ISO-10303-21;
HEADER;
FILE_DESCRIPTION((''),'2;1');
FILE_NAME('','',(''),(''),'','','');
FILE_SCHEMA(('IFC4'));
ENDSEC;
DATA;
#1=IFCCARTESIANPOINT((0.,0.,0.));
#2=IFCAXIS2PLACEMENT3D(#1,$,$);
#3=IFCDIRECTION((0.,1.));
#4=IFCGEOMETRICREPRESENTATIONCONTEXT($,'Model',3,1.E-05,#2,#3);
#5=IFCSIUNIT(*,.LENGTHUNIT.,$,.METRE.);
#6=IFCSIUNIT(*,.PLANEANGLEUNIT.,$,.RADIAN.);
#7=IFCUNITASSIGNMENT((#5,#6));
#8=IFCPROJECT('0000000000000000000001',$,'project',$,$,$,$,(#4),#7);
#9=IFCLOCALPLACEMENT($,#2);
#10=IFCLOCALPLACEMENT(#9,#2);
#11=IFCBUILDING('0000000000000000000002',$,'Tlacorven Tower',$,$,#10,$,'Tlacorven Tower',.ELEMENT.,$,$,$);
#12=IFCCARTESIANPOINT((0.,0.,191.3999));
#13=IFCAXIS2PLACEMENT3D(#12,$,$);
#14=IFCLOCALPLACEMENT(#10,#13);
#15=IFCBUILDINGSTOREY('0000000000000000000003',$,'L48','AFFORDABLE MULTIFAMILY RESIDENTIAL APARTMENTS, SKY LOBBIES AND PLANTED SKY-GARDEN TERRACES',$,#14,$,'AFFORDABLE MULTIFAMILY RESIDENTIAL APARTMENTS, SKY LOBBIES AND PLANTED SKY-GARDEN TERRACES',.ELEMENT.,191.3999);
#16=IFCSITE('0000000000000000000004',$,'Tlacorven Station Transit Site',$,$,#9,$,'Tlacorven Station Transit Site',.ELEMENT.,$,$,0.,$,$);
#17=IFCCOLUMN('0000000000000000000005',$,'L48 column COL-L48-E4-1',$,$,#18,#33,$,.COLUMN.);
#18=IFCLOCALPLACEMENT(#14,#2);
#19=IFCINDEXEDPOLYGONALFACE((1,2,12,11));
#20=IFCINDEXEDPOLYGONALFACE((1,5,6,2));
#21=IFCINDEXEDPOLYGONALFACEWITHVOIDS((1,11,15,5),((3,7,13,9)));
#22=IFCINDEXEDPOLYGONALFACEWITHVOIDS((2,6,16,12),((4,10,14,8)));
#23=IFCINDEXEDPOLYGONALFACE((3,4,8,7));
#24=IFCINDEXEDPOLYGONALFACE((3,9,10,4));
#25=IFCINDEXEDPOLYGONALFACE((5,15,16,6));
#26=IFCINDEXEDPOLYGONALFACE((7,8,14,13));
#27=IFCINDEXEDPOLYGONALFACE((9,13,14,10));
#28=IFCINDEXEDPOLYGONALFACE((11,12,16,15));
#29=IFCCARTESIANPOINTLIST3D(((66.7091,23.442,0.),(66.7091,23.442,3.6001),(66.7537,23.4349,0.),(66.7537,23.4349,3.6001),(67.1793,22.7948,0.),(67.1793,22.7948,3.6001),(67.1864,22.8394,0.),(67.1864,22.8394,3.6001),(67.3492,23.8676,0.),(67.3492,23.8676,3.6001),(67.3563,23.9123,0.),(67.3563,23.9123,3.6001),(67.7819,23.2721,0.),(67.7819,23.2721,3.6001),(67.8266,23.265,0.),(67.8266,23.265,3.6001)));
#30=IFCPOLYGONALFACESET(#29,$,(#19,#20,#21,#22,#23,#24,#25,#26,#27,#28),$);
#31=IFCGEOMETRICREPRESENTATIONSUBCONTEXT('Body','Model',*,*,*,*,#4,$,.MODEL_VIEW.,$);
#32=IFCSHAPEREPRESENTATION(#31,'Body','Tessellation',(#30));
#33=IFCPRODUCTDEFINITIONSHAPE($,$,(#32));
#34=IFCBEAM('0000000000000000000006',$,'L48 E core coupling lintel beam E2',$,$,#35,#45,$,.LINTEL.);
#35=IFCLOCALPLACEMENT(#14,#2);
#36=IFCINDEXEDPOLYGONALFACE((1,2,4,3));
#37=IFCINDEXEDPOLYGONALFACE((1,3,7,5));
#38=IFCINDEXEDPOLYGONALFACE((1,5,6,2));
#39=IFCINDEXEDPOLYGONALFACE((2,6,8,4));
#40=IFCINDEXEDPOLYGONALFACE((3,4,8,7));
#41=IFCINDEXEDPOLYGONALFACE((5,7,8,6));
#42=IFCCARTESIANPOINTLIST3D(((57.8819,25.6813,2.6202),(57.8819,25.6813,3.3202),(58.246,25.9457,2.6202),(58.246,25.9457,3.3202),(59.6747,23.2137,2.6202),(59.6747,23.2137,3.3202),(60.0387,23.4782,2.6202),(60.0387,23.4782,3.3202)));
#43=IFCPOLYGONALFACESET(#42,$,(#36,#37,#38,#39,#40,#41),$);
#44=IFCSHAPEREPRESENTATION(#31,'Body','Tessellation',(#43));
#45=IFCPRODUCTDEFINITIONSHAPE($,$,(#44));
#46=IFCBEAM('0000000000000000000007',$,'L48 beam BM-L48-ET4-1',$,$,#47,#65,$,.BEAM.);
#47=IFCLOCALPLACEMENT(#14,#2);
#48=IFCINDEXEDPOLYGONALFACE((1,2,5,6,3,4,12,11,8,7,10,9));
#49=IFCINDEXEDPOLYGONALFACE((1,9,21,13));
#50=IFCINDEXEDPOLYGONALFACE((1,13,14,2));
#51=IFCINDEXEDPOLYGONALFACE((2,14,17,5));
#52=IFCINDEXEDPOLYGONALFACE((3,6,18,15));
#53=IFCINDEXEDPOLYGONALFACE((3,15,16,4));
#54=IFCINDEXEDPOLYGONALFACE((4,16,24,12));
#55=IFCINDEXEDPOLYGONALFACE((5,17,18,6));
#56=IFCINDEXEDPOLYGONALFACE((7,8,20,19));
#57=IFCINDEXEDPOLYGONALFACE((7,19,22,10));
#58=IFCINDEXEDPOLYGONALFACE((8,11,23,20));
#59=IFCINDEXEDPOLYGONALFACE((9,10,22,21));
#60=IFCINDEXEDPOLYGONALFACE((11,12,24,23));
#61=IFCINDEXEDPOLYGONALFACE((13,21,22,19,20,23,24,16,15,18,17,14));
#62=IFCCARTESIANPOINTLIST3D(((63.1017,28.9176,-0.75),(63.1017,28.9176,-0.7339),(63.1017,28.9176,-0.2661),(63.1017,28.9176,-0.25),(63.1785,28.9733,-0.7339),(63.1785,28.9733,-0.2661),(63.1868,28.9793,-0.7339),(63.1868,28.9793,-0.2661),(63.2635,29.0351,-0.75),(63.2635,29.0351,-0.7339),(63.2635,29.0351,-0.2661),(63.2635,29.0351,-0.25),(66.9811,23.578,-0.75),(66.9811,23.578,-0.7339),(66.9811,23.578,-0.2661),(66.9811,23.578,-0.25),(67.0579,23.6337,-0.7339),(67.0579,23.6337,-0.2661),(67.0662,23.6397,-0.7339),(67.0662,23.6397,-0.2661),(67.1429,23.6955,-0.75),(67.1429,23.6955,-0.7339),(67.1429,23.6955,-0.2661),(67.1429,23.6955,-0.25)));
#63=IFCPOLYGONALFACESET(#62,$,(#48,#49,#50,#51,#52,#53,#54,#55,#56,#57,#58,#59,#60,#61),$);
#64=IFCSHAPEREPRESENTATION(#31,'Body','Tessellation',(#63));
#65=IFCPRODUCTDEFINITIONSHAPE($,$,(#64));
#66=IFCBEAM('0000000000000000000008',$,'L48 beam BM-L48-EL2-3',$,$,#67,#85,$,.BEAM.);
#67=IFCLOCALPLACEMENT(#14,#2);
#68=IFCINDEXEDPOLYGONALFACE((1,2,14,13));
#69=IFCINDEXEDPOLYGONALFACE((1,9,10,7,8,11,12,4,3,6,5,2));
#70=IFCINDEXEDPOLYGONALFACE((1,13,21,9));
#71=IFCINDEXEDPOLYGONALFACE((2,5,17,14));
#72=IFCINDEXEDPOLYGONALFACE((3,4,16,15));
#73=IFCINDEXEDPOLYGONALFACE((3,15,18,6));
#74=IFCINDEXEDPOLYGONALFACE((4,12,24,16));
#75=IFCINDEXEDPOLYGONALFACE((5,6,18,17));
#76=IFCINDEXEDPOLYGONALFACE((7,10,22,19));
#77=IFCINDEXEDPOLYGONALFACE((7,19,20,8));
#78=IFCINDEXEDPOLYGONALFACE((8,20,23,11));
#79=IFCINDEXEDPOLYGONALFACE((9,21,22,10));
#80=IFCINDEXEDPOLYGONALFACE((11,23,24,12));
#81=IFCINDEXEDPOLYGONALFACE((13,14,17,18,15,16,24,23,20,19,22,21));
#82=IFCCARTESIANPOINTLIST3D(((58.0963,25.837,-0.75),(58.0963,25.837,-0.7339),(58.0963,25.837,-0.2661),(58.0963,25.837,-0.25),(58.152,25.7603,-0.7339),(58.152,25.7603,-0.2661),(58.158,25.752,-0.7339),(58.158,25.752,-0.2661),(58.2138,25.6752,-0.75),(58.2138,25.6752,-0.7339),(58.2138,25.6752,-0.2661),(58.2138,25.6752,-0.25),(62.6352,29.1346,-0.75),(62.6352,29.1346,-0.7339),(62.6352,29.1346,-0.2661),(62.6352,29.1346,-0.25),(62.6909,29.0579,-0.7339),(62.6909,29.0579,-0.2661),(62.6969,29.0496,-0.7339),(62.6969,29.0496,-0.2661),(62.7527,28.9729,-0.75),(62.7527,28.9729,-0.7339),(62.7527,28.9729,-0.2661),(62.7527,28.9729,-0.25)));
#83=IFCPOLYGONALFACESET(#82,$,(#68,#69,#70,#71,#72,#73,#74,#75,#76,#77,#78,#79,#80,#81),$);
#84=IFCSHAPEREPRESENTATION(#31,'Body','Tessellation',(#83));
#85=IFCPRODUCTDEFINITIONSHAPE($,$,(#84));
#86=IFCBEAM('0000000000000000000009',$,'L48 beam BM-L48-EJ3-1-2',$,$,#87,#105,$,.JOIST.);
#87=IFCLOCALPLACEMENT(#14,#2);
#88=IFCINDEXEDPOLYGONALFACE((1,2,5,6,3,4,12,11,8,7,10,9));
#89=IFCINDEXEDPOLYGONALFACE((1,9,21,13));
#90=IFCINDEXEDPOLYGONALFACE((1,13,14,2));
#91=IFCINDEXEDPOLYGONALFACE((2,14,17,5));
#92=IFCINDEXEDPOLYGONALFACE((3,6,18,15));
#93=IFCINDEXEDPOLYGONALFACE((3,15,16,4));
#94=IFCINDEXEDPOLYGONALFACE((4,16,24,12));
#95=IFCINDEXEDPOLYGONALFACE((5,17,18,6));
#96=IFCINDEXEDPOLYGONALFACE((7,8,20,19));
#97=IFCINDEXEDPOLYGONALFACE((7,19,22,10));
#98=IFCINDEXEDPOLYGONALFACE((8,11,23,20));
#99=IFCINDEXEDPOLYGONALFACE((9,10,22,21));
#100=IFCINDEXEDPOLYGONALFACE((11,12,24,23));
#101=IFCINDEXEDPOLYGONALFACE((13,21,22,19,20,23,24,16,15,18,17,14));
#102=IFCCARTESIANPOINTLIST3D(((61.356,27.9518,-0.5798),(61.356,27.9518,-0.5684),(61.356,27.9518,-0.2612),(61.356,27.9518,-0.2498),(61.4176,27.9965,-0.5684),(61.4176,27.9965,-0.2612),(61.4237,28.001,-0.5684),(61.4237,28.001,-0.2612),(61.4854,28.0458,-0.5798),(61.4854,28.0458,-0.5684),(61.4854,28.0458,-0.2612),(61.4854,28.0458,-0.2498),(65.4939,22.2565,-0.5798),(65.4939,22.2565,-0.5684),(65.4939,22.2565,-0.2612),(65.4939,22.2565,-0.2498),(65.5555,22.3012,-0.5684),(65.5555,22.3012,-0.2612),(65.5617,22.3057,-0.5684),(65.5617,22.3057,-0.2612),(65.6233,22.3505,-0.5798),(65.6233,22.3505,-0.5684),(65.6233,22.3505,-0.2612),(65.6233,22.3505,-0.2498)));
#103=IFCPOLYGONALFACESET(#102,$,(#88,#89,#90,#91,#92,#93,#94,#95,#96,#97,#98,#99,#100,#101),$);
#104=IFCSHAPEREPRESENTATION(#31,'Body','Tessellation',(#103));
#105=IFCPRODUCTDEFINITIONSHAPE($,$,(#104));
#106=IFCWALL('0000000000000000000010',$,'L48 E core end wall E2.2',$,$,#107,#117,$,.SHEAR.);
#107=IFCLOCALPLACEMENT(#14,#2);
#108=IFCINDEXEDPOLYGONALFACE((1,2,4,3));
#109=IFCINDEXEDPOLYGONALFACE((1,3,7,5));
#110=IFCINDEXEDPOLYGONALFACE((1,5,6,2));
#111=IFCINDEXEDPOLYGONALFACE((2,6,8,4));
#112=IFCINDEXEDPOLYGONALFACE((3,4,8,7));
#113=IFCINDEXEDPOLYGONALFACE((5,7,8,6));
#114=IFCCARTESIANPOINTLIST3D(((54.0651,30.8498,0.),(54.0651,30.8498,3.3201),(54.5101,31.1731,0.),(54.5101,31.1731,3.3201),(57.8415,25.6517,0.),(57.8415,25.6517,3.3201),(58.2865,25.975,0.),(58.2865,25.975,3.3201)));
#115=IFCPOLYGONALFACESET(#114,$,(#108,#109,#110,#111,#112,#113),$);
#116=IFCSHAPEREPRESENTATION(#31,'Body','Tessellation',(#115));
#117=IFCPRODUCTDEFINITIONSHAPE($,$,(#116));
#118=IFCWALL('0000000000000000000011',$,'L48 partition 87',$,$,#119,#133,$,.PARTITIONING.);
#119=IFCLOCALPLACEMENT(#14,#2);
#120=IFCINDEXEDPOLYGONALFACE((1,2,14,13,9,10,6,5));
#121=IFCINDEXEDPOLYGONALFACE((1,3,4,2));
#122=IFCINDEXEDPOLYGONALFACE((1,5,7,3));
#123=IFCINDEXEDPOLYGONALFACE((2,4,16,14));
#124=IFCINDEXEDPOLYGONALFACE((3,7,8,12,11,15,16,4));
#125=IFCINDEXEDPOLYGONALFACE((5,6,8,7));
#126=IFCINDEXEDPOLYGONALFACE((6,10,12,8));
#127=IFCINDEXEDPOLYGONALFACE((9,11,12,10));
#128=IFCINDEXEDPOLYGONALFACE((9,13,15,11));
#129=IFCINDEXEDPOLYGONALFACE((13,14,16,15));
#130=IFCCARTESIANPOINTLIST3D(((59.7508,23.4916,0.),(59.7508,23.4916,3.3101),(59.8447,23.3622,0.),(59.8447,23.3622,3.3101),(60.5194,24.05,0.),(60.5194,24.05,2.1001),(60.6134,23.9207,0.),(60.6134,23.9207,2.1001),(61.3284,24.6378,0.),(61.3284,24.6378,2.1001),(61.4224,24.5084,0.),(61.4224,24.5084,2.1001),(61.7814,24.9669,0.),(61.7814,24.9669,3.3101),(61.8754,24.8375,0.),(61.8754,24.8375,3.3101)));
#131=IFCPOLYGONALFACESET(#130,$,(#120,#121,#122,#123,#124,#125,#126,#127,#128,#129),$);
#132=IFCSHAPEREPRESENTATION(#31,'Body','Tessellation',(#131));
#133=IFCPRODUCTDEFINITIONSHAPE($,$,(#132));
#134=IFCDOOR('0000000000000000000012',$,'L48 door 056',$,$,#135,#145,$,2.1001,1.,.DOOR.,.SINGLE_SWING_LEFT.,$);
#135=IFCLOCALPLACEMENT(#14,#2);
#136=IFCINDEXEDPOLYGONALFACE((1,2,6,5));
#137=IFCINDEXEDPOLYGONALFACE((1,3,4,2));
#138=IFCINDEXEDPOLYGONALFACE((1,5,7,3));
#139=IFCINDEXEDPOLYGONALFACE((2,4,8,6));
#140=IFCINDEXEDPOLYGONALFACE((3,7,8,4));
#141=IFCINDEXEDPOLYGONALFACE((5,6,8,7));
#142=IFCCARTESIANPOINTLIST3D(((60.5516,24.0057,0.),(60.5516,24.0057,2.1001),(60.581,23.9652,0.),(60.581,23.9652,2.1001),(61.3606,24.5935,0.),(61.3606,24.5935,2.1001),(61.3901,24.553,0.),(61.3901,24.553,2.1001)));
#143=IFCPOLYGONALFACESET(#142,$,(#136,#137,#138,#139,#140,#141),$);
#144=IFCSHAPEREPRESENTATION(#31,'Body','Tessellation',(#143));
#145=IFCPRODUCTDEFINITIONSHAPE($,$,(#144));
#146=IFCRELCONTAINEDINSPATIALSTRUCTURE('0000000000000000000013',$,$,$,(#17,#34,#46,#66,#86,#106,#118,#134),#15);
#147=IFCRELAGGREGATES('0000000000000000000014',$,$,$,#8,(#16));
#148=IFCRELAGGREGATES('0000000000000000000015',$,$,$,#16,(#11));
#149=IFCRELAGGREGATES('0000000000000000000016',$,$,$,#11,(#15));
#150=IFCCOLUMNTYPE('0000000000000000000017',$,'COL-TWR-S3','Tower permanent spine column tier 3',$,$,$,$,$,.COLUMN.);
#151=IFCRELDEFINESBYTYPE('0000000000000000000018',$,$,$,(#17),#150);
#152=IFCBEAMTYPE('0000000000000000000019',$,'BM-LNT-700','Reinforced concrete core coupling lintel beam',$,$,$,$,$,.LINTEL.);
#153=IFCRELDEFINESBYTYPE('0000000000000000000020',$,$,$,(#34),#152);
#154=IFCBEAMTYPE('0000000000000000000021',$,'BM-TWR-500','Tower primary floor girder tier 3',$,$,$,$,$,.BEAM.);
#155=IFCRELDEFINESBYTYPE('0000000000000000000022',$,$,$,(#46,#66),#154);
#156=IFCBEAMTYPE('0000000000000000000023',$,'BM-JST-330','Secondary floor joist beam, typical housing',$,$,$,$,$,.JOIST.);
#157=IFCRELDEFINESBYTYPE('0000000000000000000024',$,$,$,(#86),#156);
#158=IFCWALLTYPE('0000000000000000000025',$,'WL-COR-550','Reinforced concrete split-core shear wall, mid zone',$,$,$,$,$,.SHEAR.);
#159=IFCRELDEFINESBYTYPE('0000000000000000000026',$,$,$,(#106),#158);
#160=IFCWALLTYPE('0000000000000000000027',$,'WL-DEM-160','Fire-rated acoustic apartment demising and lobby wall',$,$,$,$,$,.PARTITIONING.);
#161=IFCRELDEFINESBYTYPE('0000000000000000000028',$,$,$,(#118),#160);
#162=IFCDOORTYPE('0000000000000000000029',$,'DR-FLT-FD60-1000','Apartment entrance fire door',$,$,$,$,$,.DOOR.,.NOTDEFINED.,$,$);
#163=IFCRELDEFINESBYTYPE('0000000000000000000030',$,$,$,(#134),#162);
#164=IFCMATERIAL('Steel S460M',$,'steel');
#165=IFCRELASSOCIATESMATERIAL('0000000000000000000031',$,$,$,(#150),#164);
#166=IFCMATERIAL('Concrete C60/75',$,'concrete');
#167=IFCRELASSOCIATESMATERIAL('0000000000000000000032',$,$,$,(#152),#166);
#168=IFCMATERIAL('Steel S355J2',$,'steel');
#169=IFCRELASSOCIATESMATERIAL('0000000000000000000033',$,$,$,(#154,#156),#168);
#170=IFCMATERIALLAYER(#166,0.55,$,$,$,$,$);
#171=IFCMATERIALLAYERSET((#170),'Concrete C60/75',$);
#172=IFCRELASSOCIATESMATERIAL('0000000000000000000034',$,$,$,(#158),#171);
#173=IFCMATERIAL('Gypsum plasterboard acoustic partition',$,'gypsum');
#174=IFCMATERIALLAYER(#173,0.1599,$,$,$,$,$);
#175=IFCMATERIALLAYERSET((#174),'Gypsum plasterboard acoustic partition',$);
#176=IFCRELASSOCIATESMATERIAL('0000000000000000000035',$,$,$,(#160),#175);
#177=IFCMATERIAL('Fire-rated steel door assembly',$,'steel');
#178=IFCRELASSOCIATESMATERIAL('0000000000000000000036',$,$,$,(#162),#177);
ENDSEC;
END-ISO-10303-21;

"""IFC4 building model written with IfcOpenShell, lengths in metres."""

from ifc_helpers import new_model, si_unit, direction, frame, frame_2d, origin, origin_2d, place, context, subcontext, project, spatial, rectangle, hollow_rectangle, i_section, extrude, source, transform, mapped, material, layer, layer_set, material_profile, profile_set, type_object, element, fill, save


model = new_model("IFC4")

# Units and contexts
model_context = context("Model", 3, precision=1e-05, world=origin(), true_north=direction((0.0, 1.0)))
body_context = subcontext(model_context, "Body", "Model", "MODEL_VIEW")
ifc_project = project(units=[si_unit("LENGTHUNIT", "METRE"), si_unit("PLANEANGLEUNIT", "RADIAN")], contexts=[model_context])

# Site, building, storey
site_placement = place(None, origin())
site = spatial("IfcSite", under=ifc_project, at=site_placement, Name="Tlacorven Station Transit Site", LongName="Tlacorven Station Transit Site", CompositionType="ELEMENT", RefElevation=0.0)
building_placement = place(site_placement, origin())
building = spatial("IfcBuilding", under=site, at=building_placement, Name="Tlacorven Tower", LongName="Tlacorven Tower", CompositionType="ELEMENT")
storey_placement = place(building_placement, frame((0.0, 0.0, 191.3999)))
storey = spatial("IfcBuildingStorey", under=building, at=storey_placement, Name="L48", Description="AFFORDABLE MULTIFAMILY RESIDENTIAL APARTMENTS, SKY LOBBIES AND PLANTED SKY-GARDEN TERRACES", LongName="AFFORDABLE MULTIFAMILY RESIDENTIAL APARTMENTS, SKY LOBBIES AND PLANTED SKY-GARDEN TERRACES", CompositionType="ELEMENT", Elevation=191.3999)

# Column
ifc_material_1 = material(Name="Steel S460M", Category="steel")
ifc_material_profile_1 = material_profile(ifc_material_1, hollow_rectangle(XDim=0.8, YDim=0.8, WallThickness=0.032, at=origin_2d()), Name="BOX 800X800X32")
ifc_profile_set_1 = profile_set([ifc_material_profile_1], Name="Steel S460M")
column_type = type_object("IfcColumnType", Name="COL-TWR-S3", Description="Tower permanent spine column tier 3", PredefinedType="COLUMN", material=ifc_profile_set_1)
shared_shape_1 = source(origin(), body_context, "Body", "SweptSolid", [
    extrude(hollow_rectangle(XDim=0.8, YDim=0.8, WallThickness=0.032, at=origin_2d()), origin(), (0.0, 0.0, 1.0), 3.6001),
])
column_placement = place(storey_placement, frame((67.2678, 23.3535, 0.0), z_axis=(0.0, 0.0, 1.0), x_axis=(0.809017, 0.587785, 0.0)))
element("IfcColumn", 1, at=column_placement, inside=storey, type_object=column_type, Name="L48 column COL-L48-E4-1", PredefinedType="COLUMN", context=body_context, shape_type="MappedRepresentation", body=[
    mapped(shared_shape_1, transform((0.0, 0.0, 0.0), scale=1.0)),
])

# Beams
ifc_material_2 = material(Name="Concrete C60/75", Category="concrete")
ifc_material_profile_2 = material_profile(ifc_material_2, rectangle(XDim=0.45, YDim=0.7, at=origin_2d()), Name="RC 450X700")
ifc_profile_set_2 = profile_set([ifc_material_profile_2], Name="Concrete C60/75")
beam_type_1 = type_object("IfcBeamType", Name="BM-LNT-700", Description="Reinforced concrete core coupling lintel beam", PredefinedType="LINTEL", material=ifc_profile_set_2)
shared_shape_2 = source(origin(), body_context, "Body", "SweptSolid", [
    extrude(rectangle(XDim=0.45, YDim=0.7, at=origin_2d()), origin(), (0.0, 0.0, 1.0), 3.05),
])
beam_1_placement = place(storey_placement, frame((59.8567, 23.3459, 2.9702), z_axis=(-0.587777, 0.809023, 0.0), x_axis=(-0.809023, -0.587777, 0.0)))
element("IfcBeam", 2, at=beam_1_placement, inside=storey, type_object=beam_type_1, Name="L48 E core coupling lintel beam E2", PredefinedType="LINTEL", context=body_context, shape_type="MappedRepresentation", body=[
    mapped(shared_shape_2, transform((0.0, 0.0, 0.0), scale=1.0)),
])
ifc_material_3 = material(Name="Steel S355J2", Category="steel")
ifc_material_profile_3 = material_profile(ifc_material_3, i_section(OverallWidth=0.2, OverallDepth=0.5, WebThickness=0.0103, FlangeThickness=0.0161, at=origin_2d()), Name="IPE 500")
ifc_profile_set_3 = profile_set([ifc_material_profile_3], Name="Steel S355J2")
beam_type_2 = type_object("IfcBeamType", Name="BM-TWR-500", Description="Tower primary floor girder tier 3", PredefinedType="BEAM", material=ifc_profile_set_3)
shared_shape_3 = source(origin(), body_context, "Body", "SweptSolid", [
    extrude(i_section(OverallWidth=0.2, OverallDepth=0.5, WebThickness=0.0103, FlangeThickness=0.0161, at=origin_2d()), origin(), (0.0, 0.0, 1.0), 6.6001),
])
beam_2_placement = place(storey_placement, frame((67.062, 23.6367, -0.5), z_axis=(-0.58778, 0.809021, 0.0), x_axis=(-0.809021, -0.58778, 0.0)))
element("IfcBeam", 3, at=beam_2_placement, inside=storey, type_object=beam_type_2, Name="L48 beam BM-L48-ET4-1", PredefinedType="BEAM", context=body_context, shape_type="MappedRepresentation", body=[
    mapped(shared_shape_3, transform((0.0, 0.0, 0.0), scale=1.0)),
])
shared_shape_4 = source(origin(), body_context, "Body", "SweptSolid", [
    extrude(i_section(OverallWidth=0.2, OverallDepth=0.5, WebThickness=0.0103, FlangeThickness=0.0161, at=origin_2d()), origin(), (0.0, 0.0, 1.0), 5.6104),
])
beam_3_placement = place(storey_placement, frame((58.155, 25.7561, -0.5), z_axis=(0.80902, 0.587781, 0.0), x_axis=(-0.587781, 0.80902, 0.0)))
element("IfcBeam", 4, at=beam_3_placement, inside=storey, type_object=beam_type_2, Name="L48 beam BM-L48-EL2-3", PredefinedType="BEAM", context=body_context, shape_type="MappedRepresentation", body=[
    mapped(shared_shape_4, transform((0.0, 0.0, 0.0), scale=1.0)),
])
ifc_material_profile_4 = material_profile(ifc_material_3, i_section(OverallWidth=0.1599, OverallDepth=0.3301, WebThickness=0.0076, FlangeThickness=0.0115, at=origin_2d()), Name="IPE 330")
ifc_profile_set_4 = profile_set([ifc_material_profile_4], Name="Steel S355J2")
beam_type_3 = type_object("IfcBeamType", Name="BM-JST-330", Description="Secondary floor joist beam, typical housing", PredefinedType="JOIST", material=ifc_profile_set_4)
shared_shape_5 = source(origin(), body_context, "Body", "SweptSolid", [
    extrude(i_section(OverallWidth=0.1599, OverallDepth=0.3301, WebThickness=0.0076, FlangeThickness=0.0115, at=origin_2d()), origin(), (0.0, 0.0, 1.0), 7.0398),
])
beam_4_placement = place(storey_placement, frame((65.5586, 22.3035, -0.4148), z_axis=(-0.58779, 0.809013, 0.0), x_axis=(-0.809013, -0.58779, 0.0)))
element("IfcBeam", 5, at=beam_4_placement, inside=storey, type_object=beam_type_3, Name="L48 beam BM-L48-EJ3-1-2", PredefinedType="JOIST", context=body_context, shape_type="MappedRepresentation", body=[
    mapped(shared_shape_5, transform((0.0, 0.0, 0.0), scale=1.0)),
])

# Wall
ifc_layer_1 = layer(ifc_material_2, 0.55)
ifc_layer_set_1 = layer_set([ifc_layer_1], Name="Concrete C60/75")
wall_type_1 = type_object("IfcWallType", Name="WL-COR-550", Description="Reinforced concrete split-core shear wall, mid zone", PredefinedType="SHEAR", material=ifc_layer_set_1)
wall_1_placement = place(storey_placement, frame((58.064, 25.8135, 0.0), z_axis=(0.0, 0.0, 1.0), x_axis=(-0.587765, 0.809032, 0.0)))
element("IfcWall", 6, at=wall_1_placement, inside=storey, type_object=wall_type_1, Name="L48 E core end wall E2.2", PredefinedType="SHEAR", context=body_context, shape_type="SweptSolid", body=[
    extrude(rectangle(XDim=6.425, YDim=0.55, at=frame_2d((3.2124, 0.0))), origin(), (0.0, 0.0, 1.0), 3.3201),
])

# Wall, opening, door
ifc_material_4 = material(Name="Gypsum plasterboard acoustic partition", Category="gypsum")
ifc_layer_2 = layer(ifc_material_4, 0.1599)
ifc_layer_set_2 = layer_set([ifc_layer_2], Name="Gypsum plasterboard acoustic partition")
wall_type_2 = type_object("IfcWallType", Name="WL-DEM-160", Description="Fire-rated acoustic apartment demising and lobby wall", PredefinedType="PARTITIONING", material=ifc_layer_set_2)
wall_2_placement = place(storey_placement, frame((59.7979, 23.427, 0.0), z_axis=(0.0, 0.0, 1.0), x_axis=(0.809035, 0.587761, 0.0)))
wall_2 = element("IfcWall", 7, at=wall_2_placement, inside=storey, type_object=wall_type_2, Name="L48 partition 87", PredefinedType="PARTITIONING", context=body_context, shape_type="SweptSolid", body=[
    extrude(rectangle(XDim=2.51, YDim=0.1599, at=frame_2d((1.2549, 0.0))), origin(), (0.0, 0.0, 1.0), 3.3101),
])
opening_1_placement = place(wall_2_placement, frame((0.95, 0.0, 0.0)))
opening_1 = element("IfcOpeningElement", 8, at=opening_1_placement, cuts=wall_2, PredefinedType="OPENING", context=body_context, shape_type="SweptSolid", body=[
    extrude(rectangle(XDim=1.0, YDim=2.1001, at=frame_2d((0.5, 1.05))), frame((0.0, 0.0898, 0.0), z_axis=(0.0, -1.0, 0.0), x_axis=(1.0, 0.0, 0.0)), (0.0, 0.0, 1.0), 0.1799),
])
ifc_material_5 = material(Name="Fire-rated steel door assembly", Category="steel")
door_type_1 = type_object("IfcDoorType", Name="DR-FLT-FD60-1000", Description="Apartment entrance fire door", OperationType="NOTDEFINED", PredefinedType="DOOR", material=ifc_material_5)
shared_shape_6 = source(origin(), body_context, "Body", "SweptSolid", [
    extrude(rectangle(XDim=1.0, YDim=2.1001, at=frame_2d((0.5, 1.05))), frame((0.0, 0.0249, 0.0), z_axis=(0.0, -1.0, 0.0), x_axis=(1.0, 0.0, 0.0)), (0.0, 0.0, 1.0), 0.05),
])
door_1_placement = place(opening_1_placement, frame((1.0, 0.0, 0.0), z_axis=(0.0, 0.0, 1.0), x_axis=(-1.0, 0.0, 0.0)))
door_1 = element("IfcDoor", 9, at=door_1_placement, inside=storey, type_object=door_type_1, Name="L48 door 056", OperationType="SINGLE_SWING_LEFT", OverallHeight=2.1001, OverallWidth=1.0, PredefinedType="DOOR", context=body_context, shape_type="MappedRepresentation", body=[
    mapped(shared_shape_6, transform((0.0, 0.0, 0.0), scale=1.0)),
])
fill(opening_1, door_1)

save(model, "model.ifc")
